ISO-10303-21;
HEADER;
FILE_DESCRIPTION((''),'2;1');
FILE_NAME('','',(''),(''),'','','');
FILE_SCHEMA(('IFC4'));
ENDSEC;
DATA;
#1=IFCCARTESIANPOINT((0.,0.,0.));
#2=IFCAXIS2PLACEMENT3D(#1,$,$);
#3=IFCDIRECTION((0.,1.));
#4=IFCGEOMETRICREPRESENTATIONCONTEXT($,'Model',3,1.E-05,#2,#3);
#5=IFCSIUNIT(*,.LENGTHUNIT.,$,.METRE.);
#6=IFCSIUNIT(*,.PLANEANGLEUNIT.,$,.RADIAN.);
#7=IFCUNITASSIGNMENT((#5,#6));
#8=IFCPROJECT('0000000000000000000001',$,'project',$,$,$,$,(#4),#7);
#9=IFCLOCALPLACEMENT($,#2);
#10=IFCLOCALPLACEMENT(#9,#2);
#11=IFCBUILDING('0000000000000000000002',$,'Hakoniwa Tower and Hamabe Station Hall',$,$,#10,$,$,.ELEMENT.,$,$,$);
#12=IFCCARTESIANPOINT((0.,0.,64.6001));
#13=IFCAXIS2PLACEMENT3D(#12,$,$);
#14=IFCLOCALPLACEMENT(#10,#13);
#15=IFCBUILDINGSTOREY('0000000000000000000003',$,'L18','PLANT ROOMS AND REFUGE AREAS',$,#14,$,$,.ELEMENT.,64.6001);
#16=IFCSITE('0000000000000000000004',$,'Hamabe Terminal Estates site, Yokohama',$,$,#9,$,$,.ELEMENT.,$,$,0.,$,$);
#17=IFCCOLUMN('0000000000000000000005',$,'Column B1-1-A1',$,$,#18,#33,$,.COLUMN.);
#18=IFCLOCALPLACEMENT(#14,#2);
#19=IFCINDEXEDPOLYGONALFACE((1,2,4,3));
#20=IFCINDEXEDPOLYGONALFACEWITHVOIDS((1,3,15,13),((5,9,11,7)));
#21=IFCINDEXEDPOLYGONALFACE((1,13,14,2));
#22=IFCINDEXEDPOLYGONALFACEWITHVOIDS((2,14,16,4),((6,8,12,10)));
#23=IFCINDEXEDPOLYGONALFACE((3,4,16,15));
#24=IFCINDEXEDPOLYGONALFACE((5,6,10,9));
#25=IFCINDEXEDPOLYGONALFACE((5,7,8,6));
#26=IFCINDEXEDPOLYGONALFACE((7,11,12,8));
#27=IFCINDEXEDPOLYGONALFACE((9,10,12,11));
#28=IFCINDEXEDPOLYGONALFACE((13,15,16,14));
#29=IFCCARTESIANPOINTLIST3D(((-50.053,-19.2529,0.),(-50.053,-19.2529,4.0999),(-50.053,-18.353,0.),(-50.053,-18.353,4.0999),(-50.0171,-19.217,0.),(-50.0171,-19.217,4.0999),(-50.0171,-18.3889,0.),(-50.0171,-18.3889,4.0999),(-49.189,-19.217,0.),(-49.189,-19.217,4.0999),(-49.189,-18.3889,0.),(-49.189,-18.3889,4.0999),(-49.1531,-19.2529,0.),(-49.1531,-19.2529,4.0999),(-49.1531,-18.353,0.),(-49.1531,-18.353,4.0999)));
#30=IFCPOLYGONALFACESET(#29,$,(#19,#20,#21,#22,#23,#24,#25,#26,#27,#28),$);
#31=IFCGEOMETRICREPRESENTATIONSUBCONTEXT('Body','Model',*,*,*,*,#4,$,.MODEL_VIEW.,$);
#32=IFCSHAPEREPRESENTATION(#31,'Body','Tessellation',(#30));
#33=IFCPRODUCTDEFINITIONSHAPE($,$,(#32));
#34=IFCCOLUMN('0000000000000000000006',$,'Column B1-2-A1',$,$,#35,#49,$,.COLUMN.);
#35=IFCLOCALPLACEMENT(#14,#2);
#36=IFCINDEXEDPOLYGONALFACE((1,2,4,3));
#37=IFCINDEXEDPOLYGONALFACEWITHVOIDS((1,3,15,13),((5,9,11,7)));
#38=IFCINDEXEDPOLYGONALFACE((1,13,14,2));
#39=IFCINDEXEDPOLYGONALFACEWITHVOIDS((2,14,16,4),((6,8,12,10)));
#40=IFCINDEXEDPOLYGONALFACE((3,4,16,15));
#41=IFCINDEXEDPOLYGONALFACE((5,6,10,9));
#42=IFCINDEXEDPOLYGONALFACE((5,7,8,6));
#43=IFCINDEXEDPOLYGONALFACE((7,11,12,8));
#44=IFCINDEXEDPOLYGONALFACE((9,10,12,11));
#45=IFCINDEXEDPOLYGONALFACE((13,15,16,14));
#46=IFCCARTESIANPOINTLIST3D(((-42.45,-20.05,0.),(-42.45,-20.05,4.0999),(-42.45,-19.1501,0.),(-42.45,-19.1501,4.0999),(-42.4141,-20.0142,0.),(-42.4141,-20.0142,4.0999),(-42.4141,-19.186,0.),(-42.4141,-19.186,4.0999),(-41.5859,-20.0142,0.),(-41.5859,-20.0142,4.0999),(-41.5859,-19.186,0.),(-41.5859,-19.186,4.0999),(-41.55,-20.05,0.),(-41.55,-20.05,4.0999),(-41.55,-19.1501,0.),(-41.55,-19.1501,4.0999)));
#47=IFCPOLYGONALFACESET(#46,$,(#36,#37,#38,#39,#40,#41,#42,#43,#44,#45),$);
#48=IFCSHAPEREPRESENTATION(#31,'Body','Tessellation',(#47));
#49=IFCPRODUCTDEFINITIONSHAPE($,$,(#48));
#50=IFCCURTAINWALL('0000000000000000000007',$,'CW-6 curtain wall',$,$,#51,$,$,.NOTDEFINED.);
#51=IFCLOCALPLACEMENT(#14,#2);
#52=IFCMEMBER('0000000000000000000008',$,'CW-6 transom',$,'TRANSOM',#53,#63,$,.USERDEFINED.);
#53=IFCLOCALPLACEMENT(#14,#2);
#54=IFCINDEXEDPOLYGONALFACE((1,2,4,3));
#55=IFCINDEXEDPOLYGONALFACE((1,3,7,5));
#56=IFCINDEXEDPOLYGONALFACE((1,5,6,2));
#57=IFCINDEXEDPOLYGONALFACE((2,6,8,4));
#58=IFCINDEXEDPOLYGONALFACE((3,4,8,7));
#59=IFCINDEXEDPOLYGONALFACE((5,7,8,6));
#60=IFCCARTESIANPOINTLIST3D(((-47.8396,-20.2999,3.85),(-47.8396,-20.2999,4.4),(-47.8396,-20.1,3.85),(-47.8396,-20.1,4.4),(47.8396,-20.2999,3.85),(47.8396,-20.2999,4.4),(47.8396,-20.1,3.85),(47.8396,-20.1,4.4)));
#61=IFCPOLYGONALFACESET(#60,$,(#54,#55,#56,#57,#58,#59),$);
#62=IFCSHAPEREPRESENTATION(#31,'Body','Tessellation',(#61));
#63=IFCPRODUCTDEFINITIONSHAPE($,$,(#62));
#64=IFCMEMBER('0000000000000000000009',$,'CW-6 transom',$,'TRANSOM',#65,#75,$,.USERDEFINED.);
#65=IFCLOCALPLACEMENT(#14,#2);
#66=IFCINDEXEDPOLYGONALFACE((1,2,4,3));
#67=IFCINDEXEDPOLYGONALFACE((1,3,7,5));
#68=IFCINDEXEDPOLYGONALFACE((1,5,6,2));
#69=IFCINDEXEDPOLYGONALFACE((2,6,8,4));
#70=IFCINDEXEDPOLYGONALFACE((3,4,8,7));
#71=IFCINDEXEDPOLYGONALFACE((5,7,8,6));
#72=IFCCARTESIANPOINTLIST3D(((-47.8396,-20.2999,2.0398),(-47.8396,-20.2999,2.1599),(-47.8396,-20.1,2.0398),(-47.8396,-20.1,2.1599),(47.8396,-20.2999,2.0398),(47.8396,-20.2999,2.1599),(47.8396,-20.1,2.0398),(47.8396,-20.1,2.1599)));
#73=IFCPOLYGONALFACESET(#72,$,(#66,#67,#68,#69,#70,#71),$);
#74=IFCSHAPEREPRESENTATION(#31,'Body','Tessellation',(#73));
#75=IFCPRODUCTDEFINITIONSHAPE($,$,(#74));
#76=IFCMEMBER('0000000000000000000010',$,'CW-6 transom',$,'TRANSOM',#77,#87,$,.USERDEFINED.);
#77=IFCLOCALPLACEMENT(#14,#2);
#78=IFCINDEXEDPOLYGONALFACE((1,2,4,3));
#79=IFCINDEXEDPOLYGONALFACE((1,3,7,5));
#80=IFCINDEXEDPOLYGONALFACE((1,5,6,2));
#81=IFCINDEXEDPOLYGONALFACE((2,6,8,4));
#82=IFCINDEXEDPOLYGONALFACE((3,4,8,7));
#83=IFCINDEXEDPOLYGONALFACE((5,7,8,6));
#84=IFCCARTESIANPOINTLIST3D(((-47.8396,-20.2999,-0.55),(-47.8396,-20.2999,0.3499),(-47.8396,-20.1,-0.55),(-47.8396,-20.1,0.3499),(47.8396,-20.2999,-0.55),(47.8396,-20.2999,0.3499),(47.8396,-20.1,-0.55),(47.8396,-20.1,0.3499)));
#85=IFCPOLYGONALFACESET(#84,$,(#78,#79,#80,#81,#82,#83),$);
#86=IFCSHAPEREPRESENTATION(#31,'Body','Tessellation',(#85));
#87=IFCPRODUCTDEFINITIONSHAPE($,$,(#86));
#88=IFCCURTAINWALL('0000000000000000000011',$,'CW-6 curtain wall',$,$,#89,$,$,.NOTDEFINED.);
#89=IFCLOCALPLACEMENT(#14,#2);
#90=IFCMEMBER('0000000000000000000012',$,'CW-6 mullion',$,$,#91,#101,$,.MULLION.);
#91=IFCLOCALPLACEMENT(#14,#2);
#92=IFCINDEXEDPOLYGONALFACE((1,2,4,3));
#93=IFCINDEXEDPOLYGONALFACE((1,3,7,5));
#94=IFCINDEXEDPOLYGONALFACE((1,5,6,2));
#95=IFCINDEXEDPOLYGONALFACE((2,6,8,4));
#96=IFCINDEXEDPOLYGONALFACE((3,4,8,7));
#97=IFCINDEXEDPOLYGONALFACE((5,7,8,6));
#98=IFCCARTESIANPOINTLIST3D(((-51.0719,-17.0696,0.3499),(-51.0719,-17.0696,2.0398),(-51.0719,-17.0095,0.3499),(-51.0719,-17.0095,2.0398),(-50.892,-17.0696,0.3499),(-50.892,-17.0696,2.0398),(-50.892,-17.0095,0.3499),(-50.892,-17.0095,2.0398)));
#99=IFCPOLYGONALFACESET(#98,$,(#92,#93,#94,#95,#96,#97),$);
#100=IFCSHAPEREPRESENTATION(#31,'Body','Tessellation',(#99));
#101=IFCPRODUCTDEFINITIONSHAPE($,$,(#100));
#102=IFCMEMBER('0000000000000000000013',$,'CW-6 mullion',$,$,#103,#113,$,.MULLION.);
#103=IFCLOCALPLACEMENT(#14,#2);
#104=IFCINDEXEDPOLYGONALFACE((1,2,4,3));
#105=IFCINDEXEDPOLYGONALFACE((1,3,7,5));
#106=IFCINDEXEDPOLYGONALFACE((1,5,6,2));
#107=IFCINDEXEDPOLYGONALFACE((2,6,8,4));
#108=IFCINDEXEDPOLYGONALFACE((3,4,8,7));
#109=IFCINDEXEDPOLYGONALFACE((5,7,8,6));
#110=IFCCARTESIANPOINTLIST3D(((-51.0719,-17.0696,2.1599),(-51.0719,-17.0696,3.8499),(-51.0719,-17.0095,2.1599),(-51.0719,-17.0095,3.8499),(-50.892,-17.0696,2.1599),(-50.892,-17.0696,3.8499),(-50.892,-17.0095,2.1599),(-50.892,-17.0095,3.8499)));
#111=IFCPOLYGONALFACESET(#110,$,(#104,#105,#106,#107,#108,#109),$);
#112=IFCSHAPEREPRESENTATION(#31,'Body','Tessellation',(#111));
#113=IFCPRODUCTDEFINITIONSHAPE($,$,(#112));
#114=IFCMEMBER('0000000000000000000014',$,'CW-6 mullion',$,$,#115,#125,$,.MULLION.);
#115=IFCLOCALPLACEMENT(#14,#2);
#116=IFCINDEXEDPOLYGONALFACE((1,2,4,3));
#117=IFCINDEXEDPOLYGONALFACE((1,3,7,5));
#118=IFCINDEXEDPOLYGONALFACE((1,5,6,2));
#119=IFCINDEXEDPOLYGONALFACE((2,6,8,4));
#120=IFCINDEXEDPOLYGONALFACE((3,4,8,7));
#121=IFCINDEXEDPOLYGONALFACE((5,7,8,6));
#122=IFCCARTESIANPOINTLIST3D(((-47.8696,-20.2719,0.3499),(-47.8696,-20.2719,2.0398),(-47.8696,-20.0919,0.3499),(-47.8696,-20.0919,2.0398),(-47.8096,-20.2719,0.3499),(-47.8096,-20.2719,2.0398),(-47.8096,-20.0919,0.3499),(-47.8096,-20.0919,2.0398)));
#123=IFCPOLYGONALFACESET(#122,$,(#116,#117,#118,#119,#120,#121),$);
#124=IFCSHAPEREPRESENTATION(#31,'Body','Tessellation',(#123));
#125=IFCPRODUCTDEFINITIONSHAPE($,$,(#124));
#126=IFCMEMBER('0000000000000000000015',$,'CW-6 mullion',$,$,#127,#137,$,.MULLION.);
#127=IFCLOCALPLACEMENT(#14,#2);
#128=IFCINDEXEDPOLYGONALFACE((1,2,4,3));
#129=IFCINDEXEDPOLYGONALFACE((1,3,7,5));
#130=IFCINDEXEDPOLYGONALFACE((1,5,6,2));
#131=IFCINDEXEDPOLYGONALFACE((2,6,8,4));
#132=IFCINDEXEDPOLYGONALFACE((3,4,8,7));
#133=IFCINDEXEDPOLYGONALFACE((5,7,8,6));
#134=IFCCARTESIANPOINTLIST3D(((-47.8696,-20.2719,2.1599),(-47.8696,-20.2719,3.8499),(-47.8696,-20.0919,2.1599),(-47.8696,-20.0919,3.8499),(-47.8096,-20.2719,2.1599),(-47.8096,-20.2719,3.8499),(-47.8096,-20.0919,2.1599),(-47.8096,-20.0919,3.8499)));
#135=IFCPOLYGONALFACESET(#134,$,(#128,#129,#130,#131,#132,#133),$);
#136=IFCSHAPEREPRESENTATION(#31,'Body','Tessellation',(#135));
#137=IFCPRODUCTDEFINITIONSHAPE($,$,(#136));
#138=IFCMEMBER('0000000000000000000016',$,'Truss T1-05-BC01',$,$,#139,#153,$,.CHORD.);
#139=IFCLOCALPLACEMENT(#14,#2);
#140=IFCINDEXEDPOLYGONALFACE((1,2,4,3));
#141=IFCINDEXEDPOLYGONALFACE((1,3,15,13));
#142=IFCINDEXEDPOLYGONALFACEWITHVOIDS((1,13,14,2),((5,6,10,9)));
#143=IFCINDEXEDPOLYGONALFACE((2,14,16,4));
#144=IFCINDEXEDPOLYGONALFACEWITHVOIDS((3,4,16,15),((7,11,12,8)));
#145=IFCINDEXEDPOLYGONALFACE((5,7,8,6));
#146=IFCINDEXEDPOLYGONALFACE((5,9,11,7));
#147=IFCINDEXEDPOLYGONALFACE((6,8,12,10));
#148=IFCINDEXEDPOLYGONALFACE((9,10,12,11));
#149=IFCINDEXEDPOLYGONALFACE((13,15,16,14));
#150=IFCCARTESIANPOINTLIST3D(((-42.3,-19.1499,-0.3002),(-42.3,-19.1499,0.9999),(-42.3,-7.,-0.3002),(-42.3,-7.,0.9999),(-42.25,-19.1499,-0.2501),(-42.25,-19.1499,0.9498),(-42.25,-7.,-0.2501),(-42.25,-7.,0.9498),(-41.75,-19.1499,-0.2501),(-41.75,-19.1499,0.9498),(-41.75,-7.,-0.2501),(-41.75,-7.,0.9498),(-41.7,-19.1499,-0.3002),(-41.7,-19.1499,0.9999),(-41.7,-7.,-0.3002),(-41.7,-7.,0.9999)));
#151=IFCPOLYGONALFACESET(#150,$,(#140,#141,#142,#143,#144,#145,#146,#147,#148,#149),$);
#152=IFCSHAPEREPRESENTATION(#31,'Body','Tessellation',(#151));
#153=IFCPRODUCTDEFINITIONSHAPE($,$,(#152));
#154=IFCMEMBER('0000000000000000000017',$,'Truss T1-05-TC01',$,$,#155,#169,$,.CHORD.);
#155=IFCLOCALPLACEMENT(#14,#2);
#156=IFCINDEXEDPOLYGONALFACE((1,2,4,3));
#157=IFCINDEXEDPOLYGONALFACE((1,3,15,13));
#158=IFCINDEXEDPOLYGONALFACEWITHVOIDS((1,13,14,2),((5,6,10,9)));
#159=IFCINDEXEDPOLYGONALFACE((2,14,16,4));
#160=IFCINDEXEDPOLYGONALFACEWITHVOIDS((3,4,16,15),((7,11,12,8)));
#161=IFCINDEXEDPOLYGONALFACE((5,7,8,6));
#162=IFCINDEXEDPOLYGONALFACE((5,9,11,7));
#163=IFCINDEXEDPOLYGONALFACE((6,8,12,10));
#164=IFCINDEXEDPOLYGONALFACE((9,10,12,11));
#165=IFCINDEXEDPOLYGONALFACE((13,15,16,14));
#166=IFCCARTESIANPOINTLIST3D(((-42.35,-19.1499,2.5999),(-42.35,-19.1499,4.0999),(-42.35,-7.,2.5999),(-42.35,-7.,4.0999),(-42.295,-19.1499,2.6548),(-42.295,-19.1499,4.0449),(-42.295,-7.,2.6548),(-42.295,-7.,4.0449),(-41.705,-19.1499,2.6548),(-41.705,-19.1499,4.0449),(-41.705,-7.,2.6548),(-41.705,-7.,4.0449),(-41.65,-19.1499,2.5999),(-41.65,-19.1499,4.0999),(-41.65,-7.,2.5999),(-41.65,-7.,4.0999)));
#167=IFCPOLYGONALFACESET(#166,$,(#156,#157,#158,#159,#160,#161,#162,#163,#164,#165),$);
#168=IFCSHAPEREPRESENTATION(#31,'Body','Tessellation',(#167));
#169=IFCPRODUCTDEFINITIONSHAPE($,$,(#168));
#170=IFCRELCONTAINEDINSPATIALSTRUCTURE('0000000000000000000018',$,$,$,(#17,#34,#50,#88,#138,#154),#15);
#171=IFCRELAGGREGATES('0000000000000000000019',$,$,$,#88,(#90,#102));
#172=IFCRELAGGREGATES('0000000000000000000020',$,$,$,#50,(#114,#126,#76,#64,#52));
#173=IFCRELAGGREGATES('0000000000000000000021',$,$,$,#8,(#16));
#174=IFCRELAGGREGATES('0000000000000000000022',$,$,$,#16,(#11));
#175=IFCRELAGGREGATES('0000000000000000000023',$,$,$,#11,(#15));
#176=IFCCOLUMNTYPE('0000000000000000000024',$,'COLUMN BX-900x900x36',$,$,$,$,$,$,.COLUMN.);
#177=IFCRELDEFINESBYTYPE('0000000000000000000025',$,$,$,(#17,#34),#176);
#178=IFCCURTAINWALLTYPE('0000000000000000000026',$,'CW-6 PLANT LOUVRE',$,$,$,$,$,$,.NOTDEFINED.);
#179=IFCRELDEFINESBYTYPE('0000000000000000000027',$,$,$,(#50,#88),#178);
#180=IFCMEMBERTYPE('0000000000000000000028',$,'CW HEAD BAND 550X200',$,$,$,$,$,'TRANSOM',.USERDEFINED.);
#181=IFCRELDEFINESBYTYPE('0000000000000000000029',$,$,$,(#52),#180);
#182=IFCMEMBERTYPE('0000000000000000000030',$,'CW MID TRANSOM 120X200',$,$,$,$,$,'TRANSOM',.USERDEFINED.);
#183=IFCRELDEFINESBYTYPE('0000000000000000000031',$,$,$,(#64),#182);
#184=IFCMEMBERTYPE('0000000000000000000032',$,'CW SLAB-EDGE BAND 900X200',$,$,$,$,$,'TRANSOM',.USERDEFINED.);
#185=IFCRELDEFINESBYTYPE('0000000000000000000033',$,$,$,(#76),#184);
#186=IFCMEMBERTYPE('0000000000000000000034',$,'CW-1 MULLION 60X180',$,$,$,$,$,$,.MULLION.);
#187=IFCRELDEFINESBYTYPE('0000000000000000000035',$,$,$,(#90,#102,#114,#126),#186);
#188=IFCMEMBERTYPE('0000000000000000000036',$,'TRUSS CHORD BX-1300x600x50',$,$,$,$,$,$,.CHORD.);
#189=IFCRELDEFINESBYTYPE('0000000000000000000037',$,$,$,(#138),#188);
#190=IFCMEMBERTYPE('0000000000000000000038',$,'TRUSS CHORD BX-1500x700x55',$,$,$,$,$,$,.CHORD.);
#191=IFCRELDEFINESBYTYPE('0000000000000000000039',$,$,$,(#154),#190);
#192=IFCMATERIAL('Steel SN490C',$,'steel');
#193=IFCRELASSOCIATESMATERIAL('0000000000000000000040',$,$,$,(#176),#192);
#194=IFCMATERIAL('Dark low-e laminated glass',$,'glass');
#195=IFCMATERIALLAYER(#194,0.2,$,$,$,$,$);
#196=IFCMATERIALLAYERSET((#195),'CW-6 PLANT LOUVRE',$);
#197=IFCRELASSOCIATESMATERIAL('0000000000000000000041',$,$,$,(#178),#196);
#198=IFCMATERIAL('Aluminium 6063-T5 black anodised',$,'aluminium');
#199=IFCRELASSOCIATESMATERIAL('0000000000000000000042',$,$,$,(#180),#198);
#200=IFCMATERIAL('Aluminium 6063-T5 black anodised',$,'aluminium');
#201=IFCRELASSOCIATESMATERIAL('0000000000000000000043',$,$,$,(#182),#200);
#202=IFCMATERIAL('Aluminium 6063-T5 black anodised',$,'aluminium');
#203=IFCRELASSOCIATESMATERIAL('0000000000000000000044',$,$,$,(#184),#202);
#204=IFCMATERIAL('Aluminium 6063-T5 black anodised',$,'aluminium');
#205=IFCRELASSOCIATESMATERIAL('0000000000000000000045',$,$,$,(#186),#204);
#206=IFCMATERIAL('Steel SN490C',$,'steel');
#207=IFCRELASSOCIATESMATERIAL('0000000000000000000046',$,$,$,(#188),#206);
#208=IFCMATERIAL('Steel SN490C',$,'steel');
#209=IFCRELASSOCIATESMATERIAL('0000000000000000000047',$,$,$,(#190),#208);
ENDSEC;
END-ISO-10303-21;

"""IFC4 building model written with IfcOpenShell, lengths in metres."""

from ifc_helpers import new_model, si_unit, direction, frame, origin, origin_2d, place, context, subcontext, project, spatial, rectangle, hollow_rectangle, extrude, material, layer, layer_set, material_profile, profile_set, type_object, element, aggregate, save


model = new_model("IFC4")

# Units and contexts
model_context = context("Model", 3, precision=1e-05, world=origin(), true_north=direction((0.0, 1.0)))
body_context = subcontext(model_context, "Body", "Model", "MODEL_VIEW")
ifc_project = project(units=[si_unit("LENGTHUNIT", "METRE"), si_unit("PLANEANGLEUNIT", "RADIAN")], contexts=[model_context])

# Site, building, storey
site_placement = place(None, origin())
site = spatial("IfcSite", under=ifc_project, at=site_placement, Name="Hamabe Terminal Estates site, Yokohama", CompositionType="ELEMENT", RefElevation=0.0)
building_placement = place(site_placement, origin())
building = spatial("IfcBuilding", under=site, at=building_placement, Name="Hakoniwa Tower and Hamabe Station Hall", CompositionType="ELEMENT")
storey_placement = place(building_placement, frame((0.0, 0.0, 64.6001)))
storey = spatial("IfcBuildingStorey", under=building, at=storey_placement, Name="L18", Description="PLANT ROOMS AND REFUGE AREAS", CompositionType="ELEMENT", Elevation=64.6001)

# Columns
ifc_material_1 = material(Name="Steel SN490C", Category="steel")
ifc_material_profile_1 = material_profile(ifc_material_1, hollow_rectangle(XDim=0.8999, YDim=0.8999, WallThickness=0.0359, at=origin_2d()), Name="BX-900x900x36")
ifc_profile_set_1 = profile_set([ifc_material_profile_1], Name="Steel SN490C")
column_type = type_object("IfcColumnType", Name="COLUMN BX-900x900x36", PredefinedType="COLUMN", material=ifc_profile_set_1)
for number, where, z_axis, x_axis, name in (
    (1, (-49.603, -18.803, 0.0), (0.0, 0.0, 1.0), (1.0, 0.0, 0.0), "Column B1-1-A1"),
    (2, (-42.0, -19.6001, 0.0), (0.0, 0.0, 1.0), (1.0, 0.0, 0.0), "Column B1-2-A1"),
):
    element("IfcColumn", number, at=place(storey_placement, frame(where, z_axis=z_axis, x_axis=x_axis)), inside=storey, type_object=column_type, Name=name, PredefinedType="COLUMN", context=body_context, shape_type="SweptSolid", body=[
        extrude(hollow_rectangle(XDim=0.8999, YDim=0.8999, WallThickness=0.0359, at=origin_2d()), origin(), (0.0, 0.0, 1.0), 4.0999),
    ])

# Curtain walls, members
ifc_material_2 = material(Name="Dark low-e laminated glass", Category="glass")
ifc_layer_1 = layer(ifc_material_2, 0.2)
ifc_layer_set_1 = layer_set([ifc_layer_1], Name="CW-6 PLANT LOUVRE")
curtain_wall_type = type_object("IfcCurtainWallType", Name="CW-6 PLANT LOUVRE", PredefinedType="NOTDEFINED", material=ifc_layer_set_1)
curtain_wall_1_placement = place(storey_placement, origin())
curtain_wall_1 = element("IfcCurtainWall", 3, at=curtain_wall_1_placement, inside=storey, type_object=curtain_wall_type, Name="CW-6 curtain wall", PredefinedType="NOTDEFINED")
ifc_material_3 = material(Name="Aluminium 6063-T5 black anodised", Category="aluminium")
ifc_material_profile_2 = material_profile(ifc_material_3, rectangle(XDim=0.2, YDim=0.55, at=origin_2d()), Name="CW HEAD BAND 550X200")
ifc_profile_set_2 = profile_set([ifc_material_profile_2], Name="Aluminium 6063-T5 black anodised")
member_type_1 = type_object("IfcMemberType", Name="CW HEAD BAND 550X200", ElementType="TRANSOM", PredefinedType="USERDEFINED", material=ifc_profile_set_2)
member_1_placement = place(storey_placement, frame((-47.8396, -20.2, 4.125), z_axis=(1.0, 0.0, 0.0), x_axis=(0.0, 1.0, 0.0)))
member_1 = element("IfcMember", 4, at=member_1_placement, type_object=member_type_1, Name="CW-6 transom", ObjectType="TRANSOM", PredefinedType="USERDEFINED", context=body_context, shape_type="SweptSolid", body=[
    extrude(rectangle(XDim=0.2, YDim=0.55, at=origin_2d()), origin(), (0.0, 0.0, 1.0), 95.6792),
])
ifc_material_4 = material(Name="Aluminium 6063-T5 black anodised", Category="aluminium")
ifc_material_profile_3 = material_profile(ifc_material_4, rectangle(XDim=0.2, YDim=0.1201, at=origin_2d()), Name="CW MID TRANSOM 120X200")
ifc_profile_set_3 = profile_set([ifc_material_profile_3], Name="Aluminium 6063-T5 black anodised")
member_type_2 = type_object("IfcMemberType", Name="CW MID TRANSOM 120X200", ElementType="TRANSOM", PredefinedType="USERDEFINED", material=ifc_profile_set_3)
member_2_placement = place(storey_placement, frame((-47.8396, -20.2, 2.0999), z_axis=(1.0, 0.0, 0.0), x_axis=(0.0, 1.0, 0.0)))
member_2 = element("IfcMember", 5, at=member_2_placement, type_object=member_type_2, Name="CW-6 transom", ObjectType="TRANSOM", PredefinedType="USERDEFINED", context=body_context, shape_type="SweptSolid", body=[
    extrude(rectangle(XDim=0.2, YDim=0.1201, at=origin_2d()), origin(), (0.0, 0.0, 1.0), 95.6792),
])
ifc_material_5 = material(Name="Aluminium 6063-T5 black anodised", Category="aluminium")
ifc_material_profile_4 = material_profile(ifc_material_5, rectangle(XDim=0.2, YDim=0.8999, at=origin_2d()), Name="CW SLAB-EDGE BAND 900X200")
ifc_profile_set_4 = profile_set([ifc_material_profile_4], Name="Aluminium 6063-T5 black anodised")
member_type_3 = type_object("IfcMemberType", Name="CW SLAB-EDGE BAND 900X200", ElementType="TRANSOM", PredefinedType="USERDEFINED", material=ifc_profile_set_4)
member_3_placement = place(storey_placement, frame((-47.8396, -20.2, -0.1001), z_axis=(1.0, 0.0, 0.0), x_axis=(0.0, 1.0, 0.0)))
member_3 = element("IfcMember", 6, at=member_3_placement, type_object=member_type_3, Name="CW-6 transom", ObjectType="TRANSOM", PredefinedType="USERDEFINED", context=body_context, shape_type="SweptSolid", body=[
    extrude(rectangle(XDim=0.2, YDim=0.8999, at=origin_2d()), origin(), (0.0, 0.0, 1.0), 95.6792),
])
curtain_wall_2_placement = place(storey_placement, origin())
curtain_wall_2 = element("IfcCurtainWall", 7, at=curtain_wall_2_placement, inside=storey, type_object=curtain_wall_type, Name="CW-6 curtain wall", PredefinedType="NOTDEFINED")
ifc_material_6 = material(Name="Aluminium 6063-T5 black anodised", Category="aluminium")
ifc_material_profile_5 = material_profile(ifc_material_6, rectangle(XDim=0.0601, YDim=0.1799, at=origin_2d()), Name="CW-1 MULLION 60X180")
ifc_profile_set_5 = profile_set([ifc_material_profile_5], Name="Aluminium 6063-T5 black anodised")
member_type_4 = type_object("IfcMemberType", Name="CW-1 MULLION 60X180", PredefinedType="MULLION", material=ifc_profile_set_5)
member_4_placement = place(storey_placement, frame((-50.9819, -17.0396, 0.3499), z_axis=(0.0, 0.0, 1.0), x_axis=(0.0, -1.0, 0.0)))
member_4 = element("IfcMember", 8, at=member_4_placement, type_object=member_type_4, Name="CW-6 mullion", PredefinedType="MULLION", context=body_context, shape_type="SweptSolid", body=[
    extrude(rectangle(XDim=0.0601, YDim=0.1799, at=origin_2d()), origin(), (0.0, 0.0, 1.0), 1.6899),
])
member_5_placement = place(storey_placement, frame((-50.9819, -17.0396, 2.1599), z_axis=(0.0, 0.0, 1.0), x_axis=(0.0, -1.0, 0.0)))
member_5 = element("IfcMember", 9, at=member_5_placement, type_object=member_type_4, Name="CW-6 mullion", PredefinedType="MULLION", context=body_context, shape_type="SweptSolid", body=[
    extrude(rectangle(XDim=0.0601, YDim=0.1799, at=origin_2d()), origin(), (0.0, 0.0, 1.0), 1.6899),
])
aggregate(curtain_wall_2, [member_4, member_5])

# Members
member_6_placement = place(storey_placement, frame((-47.8396, -20.1819, 0.3499), z_axis=(0.0, 0.0, 1.0), x_axis=(1.0, 0.0, 0.0)))
member_6 = element("IfcMember", 10, at=member_6_placement, type_object=member_type_4, Name="CW-6 mullion", PredefinedType="MULLION", context=body_context, shape_type="SweptSolid", body=[
    extrude(rectangle(XDim=0.0601, YDim=0.1799, at=origin_2d()), origin(), (0.0, 0.0, 1.0), 1.6899),
])
member_7_placement = place(storey_placement, frame((-47.8396, -20.1819, 2.1599), z_axis=(0.0, 0.0, 1.0), x_axis=(1.0, 0.0, 0.0)))
member_7 = element("IfcMember", 11, at=member_7_placement, type_object=member_type_4, Name="CW-6 mullion", PredefinedType="MULLION", context=body_context, shape_type="SweptSolid", body=[
    extrude(rectangle(XDim=0.0601, YDim=0.1799, at=origin_2d()), origin(), (0.0, 0.0, 1.0), 1.6899),
])

# Members
ifc_material_7 = material(Name="Steel SN490C", Category="steel")
ifc_material_profile_6 = material_profile(ifc_material_7, hollow_rectangle(XDim=0.6001, YDim=1.3, WallThickness=0.05, at=origin_2d()), Name="BX-1300x600x50")
ifc_profile_set_6 = profile_set([ifc_material_profile_6], Name="Steel SN490C")
member_type_5 = type_object("IfcMemberType", Name="TRUSS CHORD BX-1300x600x50", PredefinedType="CHORD", material=ifc_profile_set_6)
member_8_placement = place(storey_placement, frame((-42.0, -19.1499, 0.3499), z_axis=(0.0, 1.0, 0.0), x_axis=(-1.0, 0.0, 0.0)))
element("IfcMember", 12, at=member_8_placement, inside=storey, type_object=member_type_5, Name="Truss T1-05-BC01", PredefinedType="CHORD", context=body_context, shape_type="SweptSolid", body=[
    extrude(hollow_rectangle(XDim=0.6001, YDim=1.3, WallThickness=0.05, at=origin_2d()), origin(), (0.0, 0.0, 1.0), 12.1499),
])
ifc_material_8 = material(Name="Steel SN490C", Category="steel")
ifc_material_profile_7 = material_profile(ifc_material_8, hollow_rectangle(XDim=0.7, YDim=1.5, WallThickness=0.0549, at=origin_2d()), Name="BX-1500x700x55")
ifc_profile_set_7 = profile_set([ifc_material_profile_7], Name="Steel SN490C")
member_type_6 = type_object("IfcMemberType", Name="TRUSS CHORD BX-1500x700x55", PredefinedType="CHORD", material=ifc_profile_set_7)
member_9_placement = place(storey_placement, frame((-42.0, -19.1499, 3.3499), z_axis=(0.0, 1.0, 0.0), x_axis=(-1.0, 0.0, 0.0)))
element("IfcMember", 13, at=member_9_placement, inside=storey, type_object=member_type_6, Name="Truss T1-05-TC01", PredefinedType="CHORD", context=body_context, shape_type="SweptSolid", body=[
    extrude(hollow_rectangle(XDim=0.7, YDim=1.5, WallThickness=0.0549, at=origin_2d()), origin(), (0.0, 0.0, 1.0), 12.1499),
])

aggregate(curtain_wall_1, [member_6, member_7, member_3, member_2, member_1])

save(model, "model.ifc")
